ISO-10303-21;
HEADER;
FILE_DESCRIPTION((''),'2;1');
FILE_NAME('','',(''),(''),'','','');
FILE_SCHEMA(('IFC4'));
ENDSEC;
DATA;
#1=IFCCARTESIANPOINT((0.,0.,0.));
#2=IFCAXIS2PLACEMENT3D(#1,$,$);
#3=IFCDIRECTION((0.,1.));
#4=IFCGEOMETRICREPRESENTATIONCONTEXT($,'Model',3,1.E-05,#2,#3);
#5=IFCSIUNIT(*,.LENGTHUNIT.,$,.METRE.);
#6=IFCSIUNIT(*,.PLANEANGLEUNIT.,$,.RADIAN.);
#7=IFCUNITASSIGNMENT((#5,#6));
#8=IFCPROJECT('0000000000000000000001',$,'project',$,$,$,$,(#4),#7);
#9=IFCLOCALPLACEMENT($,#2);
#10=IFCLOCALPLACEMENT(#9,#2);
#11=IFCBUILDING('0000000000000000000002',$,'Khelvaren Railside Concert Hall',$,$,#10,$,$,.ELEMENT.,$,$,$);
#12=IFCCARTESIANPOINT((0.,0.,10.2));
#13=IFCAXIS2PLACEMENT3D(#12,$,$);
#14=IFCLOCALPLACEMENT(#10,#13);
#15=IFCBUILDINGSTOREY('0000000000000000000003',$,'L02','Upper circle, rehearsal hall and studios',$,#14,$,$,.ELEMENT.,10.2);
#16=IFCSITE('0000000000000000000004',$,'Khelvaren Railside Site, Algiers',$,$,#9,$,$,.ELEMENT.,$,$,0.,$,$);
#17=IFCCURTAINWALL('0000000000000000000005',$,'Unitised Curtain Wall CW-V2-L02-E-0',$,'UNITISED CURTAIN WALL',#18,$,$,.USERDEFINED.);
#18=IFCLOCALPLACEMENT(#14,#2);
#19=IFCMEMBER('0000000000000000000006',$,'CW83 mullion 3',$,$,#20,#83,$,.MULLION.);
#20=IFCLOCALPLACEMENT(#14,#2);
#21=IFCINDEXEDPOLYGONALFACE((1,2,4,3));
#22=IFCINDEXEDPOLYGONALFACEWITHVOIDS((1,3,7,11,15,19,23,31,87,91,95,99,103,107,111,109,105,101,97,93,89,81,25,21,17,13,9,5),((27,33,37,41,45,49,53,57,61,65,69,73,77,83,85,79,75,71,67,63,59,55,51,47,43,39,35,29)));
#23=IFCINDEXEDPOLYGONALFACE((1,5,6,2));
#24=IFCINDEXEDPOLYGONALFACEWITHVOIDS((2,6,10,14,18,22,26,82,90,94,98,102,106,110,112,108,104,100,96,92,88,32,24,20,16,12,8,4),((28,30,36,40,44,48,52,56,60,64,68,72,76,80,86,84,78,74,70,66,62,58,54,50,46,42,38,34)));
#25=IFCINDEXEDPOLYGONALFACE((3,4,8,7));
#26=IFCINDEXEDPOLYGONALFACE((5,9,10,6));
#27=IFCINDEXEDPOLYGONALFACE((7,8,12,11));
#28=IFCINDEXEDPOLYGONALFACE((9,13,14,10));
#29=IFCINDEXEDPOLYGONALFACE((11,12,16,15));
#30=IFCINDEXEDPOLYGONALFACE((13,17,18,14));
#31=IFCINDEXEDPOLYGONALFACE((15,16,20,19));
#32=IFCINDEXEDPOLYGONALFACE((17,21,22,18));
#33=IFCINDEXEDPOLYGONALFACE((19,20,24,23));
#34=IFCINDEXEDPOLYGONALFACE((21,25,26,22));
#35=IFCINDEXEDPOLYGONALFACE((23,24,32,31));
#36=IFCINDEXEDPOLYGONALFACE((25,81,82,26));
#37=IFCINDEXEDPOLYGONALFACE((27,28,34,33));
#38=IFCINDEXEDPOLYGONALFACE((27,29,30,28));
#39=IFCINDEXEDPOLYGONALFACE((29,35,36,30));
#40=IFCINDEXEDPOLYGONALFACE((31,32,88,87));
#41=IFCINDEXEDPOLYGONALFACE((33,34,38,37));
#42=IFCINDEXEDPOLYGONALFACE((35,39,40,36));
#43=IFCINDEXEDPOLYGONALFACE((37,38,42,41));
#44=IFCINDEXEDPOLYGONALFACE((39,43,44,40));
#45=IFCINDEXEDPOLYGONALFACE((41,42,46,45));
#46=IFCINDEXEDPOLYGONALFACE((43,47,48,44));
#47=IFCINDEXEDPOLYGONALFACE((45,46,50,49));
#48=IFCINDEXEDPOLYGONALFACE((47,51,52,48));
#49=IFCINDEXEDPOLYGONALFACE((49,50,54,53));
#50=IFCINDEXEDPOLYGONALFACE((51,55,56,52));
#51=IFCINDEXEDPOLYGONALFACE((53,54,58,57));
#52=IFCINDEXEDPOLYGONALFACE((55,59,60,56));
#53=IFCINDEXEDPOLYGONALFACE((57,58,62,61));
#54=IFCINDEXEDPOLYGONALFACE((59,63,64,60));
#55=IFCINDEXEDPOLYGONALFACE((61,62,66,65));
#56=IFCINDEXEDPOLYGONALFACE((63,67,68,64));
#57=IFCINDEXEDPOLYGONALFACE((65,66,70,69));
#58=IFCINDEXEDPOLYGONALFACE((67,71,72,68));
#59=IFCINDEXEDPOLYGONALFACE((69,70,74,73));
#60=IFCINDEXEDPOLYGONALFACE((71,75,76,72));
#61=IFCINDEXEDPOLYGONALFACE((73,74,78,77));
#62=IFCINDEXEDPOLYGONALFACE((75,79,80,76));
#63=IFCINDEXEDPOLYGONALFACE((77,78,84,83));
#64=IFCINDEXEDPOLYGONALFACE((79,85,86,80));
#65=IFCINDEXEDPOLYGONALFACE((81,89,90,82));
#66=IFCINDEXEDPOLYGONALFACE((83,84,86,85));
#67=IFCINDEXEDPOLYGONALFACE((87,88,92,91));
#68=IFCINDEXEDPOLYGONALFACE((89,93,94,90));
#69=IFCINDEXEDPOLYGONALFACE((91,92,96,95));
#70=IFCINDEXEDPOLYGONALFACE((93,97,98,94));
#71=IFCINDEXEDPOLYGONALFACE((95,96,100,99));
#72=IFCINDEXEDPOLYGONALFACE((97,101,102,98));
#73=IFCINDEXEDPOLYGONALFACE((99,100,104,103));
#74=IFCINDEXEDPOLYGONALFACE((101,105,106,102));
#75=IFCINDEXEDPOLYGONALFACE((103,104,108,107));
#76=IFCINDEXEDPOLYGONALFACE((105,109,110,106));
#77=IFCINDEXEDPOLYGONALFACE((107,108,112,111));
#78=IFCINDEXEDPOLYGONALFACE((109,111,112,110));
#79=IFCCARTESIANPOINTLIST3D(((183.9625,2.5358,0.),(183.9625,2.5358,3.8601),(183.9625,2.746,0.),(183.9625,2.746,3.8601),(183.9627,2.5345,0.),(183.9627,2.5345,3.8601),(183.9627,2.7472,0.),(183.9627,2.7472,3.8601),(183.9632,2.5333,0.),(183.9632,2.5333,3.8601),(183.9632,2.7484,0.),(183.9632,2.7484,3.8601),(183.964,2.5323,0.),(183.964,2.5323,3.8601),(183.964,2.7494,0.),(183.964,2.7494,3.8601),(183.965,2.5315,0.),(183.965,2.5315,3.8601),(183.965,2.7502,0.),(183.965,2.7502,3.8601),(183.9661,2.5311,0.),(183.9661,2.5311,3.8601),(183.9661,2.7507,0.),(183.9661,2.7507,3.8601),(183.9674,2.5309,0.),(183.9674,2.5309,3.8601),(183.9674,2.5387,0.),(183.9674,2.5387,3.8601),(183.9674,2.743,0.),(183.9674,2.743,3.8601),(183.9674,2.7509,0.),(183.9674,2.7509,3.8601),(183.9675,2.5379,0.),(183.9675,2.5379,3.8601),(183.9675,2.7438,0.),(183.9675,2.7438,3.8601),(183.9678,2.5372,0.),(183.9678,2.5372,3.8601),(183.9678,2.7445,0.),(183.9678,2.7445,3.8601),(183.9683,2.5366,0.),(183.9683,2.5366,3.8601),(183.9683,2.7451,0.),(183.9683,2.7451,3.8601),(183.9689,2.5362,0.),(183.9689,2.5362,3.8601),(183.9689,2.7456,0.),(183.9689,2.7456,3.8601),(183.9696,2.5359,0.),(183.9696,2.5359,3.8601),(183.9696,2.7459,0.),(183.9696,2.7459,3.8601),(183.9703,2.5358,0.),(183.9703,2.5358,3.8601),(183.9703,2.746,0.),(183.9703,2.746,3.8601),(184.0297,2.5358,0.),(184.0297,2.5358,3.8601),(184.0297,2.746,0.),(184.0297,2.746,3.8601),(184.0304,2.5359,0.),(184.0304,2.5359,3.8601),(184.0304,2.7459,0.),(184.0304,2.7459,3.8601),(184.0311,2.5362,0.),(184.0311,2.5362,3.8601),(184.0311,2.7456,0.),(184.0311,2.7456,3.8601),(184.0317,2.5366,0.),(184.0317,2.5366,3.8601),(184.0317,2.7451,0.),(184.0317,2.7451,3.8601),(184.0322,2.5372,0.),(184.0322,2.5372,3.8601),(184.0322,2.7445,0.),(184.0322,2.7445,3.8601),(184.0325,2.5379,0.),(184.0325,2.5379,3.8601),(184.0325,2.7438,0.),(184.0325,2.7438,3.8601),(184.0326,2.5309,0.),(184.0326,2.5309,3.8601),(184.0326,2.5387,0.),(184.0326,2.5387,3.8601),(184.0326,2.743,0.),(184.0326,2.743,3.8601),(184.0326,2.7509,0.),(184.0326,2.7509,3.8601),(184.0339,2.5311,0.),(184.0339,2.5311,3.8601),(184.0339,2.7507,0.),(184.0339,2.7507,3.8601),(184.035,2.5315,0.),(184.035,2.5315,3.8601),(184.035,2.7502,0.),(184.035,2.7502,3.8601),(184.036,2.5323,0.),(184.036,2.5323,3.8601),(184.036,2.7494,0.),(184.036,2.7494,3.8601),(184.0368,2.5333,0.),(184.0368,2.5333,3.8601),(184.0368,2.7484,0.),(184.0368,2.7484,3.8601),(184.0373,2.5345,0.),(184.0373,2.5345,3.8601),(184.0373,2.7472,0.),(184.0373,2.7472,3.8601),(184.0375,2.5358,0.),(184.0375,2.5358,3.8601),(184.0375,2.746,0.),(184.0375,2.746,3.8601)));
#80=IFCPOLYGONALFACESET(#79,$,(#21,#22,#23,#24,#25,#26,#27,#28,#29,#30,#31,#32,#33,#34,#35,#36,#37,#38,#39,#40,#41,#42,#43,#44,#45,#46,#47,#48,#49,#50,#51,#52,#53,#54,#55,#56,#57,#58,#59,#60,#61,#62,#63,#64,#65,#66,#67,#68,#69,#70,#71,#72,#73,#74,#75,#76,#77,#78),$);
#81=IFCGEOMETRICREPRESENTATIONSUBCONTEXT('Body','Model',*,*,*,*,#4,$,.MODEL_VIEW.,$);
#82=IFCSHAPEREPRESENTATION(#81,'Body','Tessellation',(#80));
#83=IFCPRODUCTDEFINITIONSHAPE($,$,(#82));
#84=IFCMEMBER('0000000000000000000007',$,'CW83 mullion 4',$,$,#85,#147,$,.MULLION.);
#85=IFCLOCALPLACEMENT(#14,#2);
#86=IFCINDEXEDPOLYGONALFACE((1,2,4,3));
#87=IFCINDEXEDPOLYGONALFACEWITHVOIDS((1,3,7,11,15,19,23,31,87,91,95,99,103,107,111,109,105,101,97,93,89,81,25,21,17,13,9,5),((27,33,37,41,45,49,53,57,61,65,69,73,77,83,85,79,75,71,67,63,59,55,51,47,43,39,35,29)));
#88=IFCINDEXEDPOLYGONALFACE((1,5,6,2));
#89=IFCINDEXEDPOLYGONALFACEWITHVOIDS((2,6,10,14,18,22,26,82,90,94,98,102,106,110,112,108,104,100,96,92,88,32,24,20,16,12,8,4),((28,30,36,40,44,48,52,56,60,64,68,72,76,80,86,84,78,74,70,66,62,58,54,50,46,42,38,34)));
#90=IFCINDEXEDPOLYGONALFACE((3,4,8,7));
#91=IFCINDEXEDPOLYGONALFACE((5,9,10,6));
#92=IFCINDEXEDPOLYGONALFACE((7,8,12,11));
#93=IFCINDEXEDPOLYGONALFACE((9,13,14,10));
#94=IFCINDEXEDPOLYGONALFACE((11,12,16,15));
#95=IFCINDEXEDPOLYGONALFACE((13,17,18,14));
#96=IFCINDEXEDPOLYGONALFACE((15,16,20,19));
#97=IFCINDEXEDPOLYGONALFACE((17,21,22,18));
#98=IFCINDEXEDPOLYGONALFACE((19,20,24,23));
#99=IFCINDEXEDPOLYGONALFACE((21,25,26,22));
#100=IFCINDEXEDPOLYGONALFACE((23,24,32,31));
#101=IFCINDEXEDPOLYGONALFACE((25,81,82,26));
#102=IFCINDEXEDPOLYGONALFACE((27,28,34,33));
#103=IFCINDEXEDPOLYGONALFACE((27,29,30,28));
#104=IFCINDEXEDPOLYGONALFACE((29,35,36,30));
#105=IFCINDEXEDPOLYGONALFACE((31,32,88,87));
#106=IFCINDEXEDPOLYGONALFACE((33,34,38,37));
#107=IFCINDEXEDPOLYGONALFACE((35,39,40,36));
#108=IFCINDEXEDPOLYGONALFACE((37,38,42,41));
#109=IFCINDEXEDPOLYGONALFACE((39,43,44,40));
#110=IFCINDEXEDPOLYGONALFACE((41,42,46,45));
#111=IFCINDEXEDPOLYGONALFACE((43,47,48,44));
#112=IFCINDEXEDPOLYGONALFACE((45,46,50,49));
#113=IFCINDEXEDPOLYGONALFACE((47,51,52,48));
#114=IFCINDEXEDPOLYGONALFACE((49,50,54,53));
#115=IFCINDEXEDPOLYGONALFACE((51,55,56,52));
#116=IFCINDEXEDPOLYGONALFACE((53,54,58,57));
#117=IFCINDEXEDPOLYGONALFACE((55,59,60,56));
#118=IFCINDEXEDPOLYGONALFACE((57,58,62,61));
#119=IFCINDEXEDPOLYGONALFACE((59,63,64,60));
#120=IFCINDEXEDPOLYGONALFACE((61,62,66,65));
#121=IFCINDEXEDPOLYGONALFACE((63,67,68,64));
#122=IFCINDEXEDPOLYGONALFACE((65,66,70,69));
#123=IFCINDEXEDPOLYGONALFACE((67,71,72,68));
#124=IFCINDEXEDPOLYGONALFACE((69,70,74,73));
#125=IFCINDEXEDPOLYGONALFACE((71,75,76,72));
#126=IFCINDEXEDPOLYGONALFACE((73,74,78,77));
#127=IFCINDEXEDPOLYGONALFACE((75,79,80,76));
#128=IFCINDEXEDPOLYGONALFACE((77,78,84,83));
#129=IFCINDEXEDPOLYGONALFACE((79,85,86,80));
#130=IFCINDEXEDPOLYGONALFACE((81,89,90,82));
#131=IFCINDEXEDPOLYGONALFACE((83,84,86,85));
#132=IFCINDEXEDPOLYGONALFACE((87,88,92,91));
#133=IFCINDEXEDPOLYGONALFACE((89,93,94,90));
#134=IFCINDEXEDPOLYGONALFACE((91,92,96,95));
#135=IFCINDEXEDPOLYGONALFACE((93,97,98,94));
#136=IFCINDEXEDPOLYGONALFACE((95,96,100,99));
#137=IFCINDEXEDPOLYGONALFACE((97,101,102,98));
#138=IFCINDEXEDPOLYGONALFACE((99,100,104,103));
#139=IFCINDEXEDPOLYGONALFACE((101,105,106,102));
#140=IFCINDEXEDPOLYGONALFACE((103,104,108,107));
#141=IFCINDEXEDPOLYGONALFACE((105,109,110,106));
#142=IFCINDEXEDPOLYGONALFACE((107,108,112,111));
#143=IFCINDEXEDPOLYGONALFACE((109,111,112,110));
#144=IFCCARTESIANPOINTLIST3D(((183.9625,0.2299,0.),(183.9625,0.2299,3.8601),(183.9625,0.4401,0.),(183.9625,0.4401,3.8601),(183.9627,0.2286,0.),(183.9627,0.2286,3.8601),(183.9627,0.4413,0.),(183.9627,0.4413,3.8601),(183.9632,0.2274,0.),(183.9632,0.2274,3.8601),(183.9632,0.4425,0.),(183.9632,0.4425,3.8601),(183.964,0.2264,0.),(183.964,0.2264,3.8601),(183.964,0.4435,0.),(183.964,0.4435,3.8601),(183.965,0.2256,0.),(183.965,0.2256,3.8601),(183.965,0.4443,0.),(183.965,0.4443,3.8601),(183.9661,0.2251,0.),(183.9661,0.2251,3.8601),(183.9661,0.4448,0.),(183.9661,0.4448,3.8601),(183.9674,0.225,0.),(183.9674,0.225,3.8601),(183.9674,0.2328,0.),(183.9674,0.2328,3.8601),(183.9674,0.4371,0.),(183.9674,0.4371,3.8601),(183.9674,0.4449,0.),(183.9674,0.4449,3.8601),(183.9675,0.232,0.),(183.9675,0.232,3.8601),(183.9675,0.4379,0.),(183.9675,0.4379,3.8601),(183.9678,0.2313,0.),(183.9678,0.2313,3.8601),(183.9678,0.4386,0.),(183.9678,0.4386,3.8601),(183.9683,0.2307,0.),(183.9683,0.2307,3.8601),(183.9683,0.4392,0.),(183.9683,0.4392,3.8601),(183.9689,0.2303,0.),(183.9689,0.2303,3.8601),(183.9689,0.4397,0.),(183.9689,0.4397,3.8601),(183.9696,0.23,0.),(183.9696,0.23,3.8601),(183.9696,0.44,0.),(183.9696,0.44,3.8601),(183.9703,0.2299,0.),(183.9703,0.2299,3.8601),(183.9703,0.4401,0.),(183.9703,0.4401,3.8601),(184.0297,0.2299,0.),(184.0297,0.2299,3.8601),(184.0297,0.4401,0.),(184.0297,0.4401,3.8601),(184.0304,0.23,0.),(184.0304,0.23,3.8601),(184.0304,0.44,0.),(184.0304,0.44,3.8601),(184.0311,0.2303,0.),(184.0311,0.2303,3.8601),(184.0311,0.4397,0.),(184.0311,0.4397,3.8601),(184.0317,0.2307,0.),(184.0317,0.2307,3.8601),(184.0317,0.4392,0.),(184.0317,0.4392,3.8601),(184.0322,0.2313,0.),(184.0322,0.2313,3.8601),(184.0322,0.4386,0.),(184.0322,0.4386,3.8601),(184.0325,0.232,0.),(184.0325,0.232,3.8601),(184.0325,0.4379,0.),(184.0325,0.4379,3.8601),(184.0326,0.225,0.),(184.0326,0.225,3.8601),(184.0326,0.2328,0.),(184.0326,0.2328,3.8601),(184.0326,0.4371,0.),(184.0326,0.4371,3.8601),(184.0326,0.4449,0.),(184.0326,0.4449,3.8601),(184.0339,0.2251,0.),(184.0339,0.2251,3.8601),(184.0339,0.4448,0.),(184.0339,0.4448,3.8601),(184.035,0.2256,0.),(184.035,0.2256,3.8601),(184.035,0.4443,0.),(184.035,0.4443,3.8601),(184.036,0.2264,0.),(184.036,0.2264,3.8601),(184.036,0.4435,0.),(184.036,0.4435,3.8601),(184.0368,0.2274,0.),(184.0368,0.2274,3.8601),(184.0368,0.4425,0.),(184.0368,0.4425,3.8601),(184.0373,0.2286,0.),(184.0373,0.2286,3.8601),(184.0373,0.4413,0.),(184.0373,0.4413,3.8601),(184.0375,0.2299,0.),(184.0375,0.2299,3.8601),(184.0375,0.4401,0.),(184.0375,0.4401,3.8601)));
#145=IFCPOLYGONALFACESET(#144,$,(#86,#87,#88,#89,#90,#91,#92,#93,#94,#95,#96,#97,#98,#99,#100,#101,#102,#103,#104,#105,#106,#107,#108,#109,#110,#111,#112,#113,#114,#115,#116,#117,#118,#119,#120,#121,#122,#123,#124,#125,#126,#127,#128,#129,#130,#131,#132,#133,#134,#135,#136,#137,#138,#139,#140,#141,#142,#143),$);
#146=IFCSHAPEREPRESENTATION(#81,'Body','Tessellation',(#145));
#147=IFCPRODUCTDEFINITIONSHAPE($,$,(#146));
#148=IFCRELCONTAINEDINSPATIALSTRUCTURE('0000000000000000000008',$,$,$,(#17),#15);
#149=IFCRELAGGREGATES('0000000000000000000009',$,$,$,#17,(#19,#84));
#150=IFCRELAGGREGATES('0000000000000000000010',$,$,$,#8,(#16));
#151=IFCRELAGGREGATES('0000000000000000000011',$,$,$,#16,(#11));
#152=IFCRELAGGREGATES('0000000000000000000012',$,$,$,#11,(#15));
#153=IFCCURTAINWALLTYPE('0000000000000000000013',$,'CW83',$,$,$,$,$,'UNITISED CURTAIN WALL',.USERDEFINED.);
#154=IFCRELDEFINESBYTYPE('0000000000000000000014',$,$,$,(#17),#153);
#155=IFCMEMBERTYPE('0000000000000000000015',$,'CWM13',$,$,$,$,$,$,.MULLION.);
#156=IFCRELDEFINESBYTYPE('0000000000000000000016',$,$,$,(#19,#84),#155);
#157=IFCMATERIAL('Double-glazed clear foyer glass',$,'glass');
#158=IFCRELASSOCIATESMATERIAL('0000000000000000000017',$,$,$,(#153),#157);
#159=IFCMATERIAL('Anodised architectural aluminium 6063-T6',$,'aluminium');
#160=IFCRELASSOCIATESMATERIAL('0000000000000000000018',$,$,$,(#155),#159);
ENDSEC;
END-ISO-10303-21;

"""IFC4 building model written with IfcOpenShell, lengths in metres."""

from ifc_helpers import new_model, si_unit, direction, frame, origin, origin_2d, place, context, subcontext, project, spatial, hollow_rectangle, extrude, material, material_profile, profile_set, type_object, element, aggregate, save


model = new_model("IFC4")

# Units and contexts
model_context = context("Model", 3, precision=1e-05, world=origin(), true_north=direction((0.0, 1.0)))
body_context = subcontext(model_context, "Body", "Model", "MODEL_VIEW")
ifc_project = project(units=[si_unit("LENGTHUNIT", "METRE"), si_unit("PLANEANGLEUNIT", "RADIAN")], contexts=[model_context])

# Site, building, storey
site_placement = place(None, origin())
site = spatial("IfcSite", under=ifc_project, at=site_placement, Name="Khelvaren Railside Site, Algiers", CompositionType="ELEMENT", RefElevation=0.0)
building_placement = place(site_placement, origin())
building = spatial("IfcBuilding", under=site, at=building_placement, Name="Khelvaren Railside Concert Hall", CompositionType="ELEMENT")
storey_placement = place(building_placement, frame((0.0, 0.0, 10.2)))
storey = spatial("IfcBuildingStorey", under=building, at=storey_placement, Name="L02", Description="Upper circle, rehearsal hall and studios", CompositionType="ELEMENT", Elevation=10.2)

# Shared definitions
ifc_material_1 = material(Name="Double-glazed clear foyer glass", Category="glass")
curtain_wall_type = type_object("IfcCurtainWallType", Name="CW83", ElementType="UNITISED CURTAIN WALL", PredefinedType="USERDEFINED", material=ifc_material_1)
ifc_material_2 = material(Name="Anodised architectural aluminium 6063-T6", Category="aluminium")
ifc_material_profile_1 = material_profile(ifc_material_2, hollow_rectangle(XDim=0.075, YDim=0.22, WallThickness=0.0049, InnerFilletRadius=0.0029, OuterFilletRadius=0.0049, at=origin_2d()), Name="CWM 75x220x5")
ifc_profile_set_1 = profile_set([ifc_material_profile_1], Name="Anodised architectural aluminium 6063-T6")
member_type_1 = type_object("IfcMemberType", Name="CWM13", PredefinedType="MULLION", material=ifc_profile_set_1)

# Curtain wall, members
curtain_wall_1_placement = place(storey_placement, origin())
curtain_wall_1 = element("IfcCurtainWall", 1, at=curtain_wall_1_placement, inside=storey, type_object=curtain_wall_type, Name="Unitised Curtain Wall CW-V2-L02-E-0", ObjectType="UNITISED CURTAIN WALL", PredefinedType="USERDEFINED")
member_1_placement = place(storey_placement, frame((184.0, 2.6409, 0.0), z_axis=(0.0, 0.0, 1.0), x_axis=(1.0, 0.0, 0.0)))
member_1 = element("IfcMember", 2, at=member_1_placement, type_object=member_type_1, Name="CW83 mullion 3", PredefinedType="MULLION", context=body_context, shape_type="SweptSolid", body=[
    extrude(hollow_rectangle(XDim=0.075, YDim=0.22, WallThickness=0.0049, InnerFilletRadius=0.0029, OuterFilletRadius=0.0049, at=origin_2d()), origin(), (0.0, 0.0, 1.0), 3.8601),
])
member_2_placement = place(storey_placement, frame((184.0, 0.335, 0.0), z_axis=(0.0, 0.0, 1.0), x_axis=(1.0, 0.0, 0.0)))
member_2 = element("IfcMember", 3, at=member_2_placement, type_object=member_type_1, Name="CW83 mullion 4", PredefinedType="MULLION", context=body_context, shape_type="SweptSolid", body=[
    extrude(hollow_rectangle(XDim=0.075, YDim=0.22, WallThickness=0.0049, InnerFilletRadius=0.0029, OuterFilletRadius=0.0049, at=origin_2d()), origin(), (0.0, 0.0, 1.0), 3.8601),
])

aggregate(curtain_wall_1, [member_1, member_2])

save(model, "model.ifc")
